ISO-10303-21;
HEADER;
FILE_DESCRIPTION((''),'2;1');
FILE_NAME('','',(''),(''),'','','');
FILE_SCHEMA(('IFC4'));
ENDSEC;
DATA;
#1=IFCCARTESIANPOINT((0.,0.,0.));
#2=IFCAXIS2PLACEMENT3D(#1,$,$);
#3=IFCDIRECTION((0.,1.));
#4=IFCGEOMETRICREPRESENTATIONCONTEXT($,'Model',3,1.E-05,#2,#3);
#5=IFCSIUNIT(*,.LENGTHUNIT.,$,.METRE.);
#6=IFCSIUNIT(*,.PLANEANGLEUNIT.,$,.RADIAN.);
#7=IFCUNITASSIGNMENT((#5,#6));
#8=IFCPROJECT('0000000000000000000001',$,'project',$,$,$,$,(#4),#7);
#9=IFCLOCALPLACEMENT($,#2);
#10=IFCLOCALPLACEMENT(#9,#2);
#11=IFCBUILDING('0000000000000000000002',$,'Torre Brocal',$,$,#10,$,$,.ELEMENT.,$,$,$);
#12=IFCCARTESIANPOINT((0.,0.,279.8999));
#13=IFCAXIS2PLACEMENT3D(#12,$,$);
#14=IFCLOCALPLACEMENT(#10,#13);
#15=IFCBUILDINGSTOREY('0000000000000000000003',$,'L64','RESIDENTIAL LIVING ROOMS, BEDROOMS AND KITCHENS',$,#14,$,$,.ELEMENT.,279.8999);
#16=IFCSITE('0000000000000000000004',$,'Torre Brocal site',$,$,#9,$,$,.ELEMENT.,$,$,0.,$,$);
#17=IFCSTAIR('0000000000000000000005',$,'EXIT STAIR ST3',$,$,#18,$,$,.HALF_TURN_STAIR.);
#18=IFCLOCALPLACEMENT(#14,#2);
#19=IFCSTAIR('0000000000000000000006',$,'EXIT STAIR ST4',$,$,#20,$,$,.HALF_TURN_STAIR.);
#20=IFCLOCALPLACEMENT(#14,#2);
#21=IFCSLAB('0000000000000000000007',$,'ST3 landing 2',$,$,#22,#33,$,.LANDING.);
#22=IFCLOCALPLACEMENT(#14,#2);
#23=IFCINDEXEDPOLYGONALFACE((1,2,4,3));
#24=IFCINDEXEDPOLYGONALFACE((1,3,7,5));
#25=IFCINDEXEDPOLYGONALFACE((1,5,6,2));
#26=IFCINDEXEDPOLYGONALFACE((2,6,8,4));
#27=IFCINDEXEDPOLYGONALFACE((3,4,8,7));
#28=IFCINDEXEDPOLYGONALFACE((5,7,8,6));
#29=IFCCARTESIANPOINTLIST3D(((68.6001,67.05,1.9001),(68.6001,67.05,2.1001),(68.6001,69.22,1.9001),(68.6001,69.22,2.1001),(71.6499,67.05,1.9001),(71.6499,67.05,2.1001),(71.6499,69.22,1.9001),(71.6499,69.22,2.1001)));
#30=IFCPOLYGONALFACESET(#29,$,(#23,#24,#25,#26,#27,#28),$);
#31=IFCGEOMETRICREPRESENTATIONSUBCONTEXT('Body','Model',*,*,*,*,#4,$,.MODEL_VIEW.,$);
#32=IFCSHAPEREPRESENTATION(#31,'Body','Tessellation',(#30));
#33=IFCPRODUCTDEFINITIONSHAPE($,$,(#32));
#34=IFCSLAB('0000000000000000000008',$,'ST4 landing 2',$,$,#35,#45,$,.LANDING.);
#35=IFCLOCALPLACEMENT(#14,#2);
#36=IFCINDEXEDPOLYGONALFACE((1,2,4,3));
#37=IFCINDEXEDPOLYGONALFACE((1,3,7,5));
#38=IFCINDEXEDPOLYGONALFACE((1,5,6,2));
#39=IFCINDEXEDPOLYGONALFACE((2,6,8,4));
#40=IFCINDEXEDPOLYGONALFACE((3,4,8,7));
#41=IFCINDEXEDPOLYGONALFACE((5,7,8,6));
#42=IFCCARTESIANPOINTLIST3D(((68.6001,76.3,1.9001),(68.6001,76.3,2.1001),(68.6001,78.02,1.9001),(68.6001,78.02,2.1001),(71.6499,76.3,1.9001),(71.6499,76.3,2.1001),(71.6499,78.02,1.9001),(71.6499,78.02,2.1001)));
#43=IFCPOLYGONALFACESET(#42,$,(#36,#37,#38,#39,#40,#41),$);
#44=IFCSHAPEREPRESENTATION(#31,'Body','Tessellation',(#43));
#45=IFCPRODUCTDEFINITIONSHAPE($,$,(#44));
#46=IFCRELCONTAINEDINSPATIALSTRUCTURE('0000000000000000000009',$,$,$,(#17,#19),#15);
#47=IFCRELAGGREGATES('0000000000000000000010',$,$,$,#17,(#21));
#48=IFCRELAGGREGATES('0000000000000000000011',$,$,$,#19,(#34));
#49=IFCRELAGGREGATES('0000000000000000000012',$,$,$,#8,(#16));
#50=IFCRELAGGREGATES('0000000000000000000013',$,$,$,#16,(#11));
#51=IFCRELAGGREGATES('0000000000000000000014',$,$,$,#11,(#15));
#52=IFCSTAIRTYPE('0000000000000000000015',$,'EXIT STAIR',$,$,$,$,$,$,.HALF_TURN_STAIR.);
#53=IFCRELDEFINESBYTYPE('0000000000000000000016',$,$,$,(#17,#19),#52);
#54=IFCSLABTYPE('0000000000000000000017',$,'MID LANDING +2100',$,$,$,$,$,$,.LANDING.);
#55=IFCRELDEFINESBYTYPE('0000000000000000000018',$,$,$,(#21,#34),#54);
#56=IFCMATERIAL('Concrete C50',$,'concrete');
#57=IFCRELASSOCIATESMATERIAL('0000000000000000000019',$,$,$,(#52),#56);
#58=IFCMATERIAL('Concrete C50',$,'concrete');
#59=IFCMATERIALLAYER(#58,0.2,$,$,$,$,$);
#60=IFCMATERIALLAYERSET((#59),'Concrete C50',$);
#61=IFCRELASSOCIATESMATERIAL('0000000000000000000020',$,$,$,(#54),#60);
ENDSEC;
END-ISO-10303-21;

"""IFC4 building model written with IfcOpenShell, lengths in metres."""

from ifc_helpers import new_model, si_unit, direction, frame, origin, place, context, subcontext, project, spatial, polyline, outline, extrude, material, layer, layer_set, type_object, element, aggregate, save


model = new_model("IFC4")

# Units and contexts
model_context = context("Model", 3, precision=1e-05, world=origin(), true_north=direction((0.0, 1.0)))
body_context = subcontext(model_context, "Body", "Model", "MODEL_VIEW")
ifc_project = project(units=[si_unit("LENGTHUNIT", "METRE"), si_unit("PLANEANGLEUNIT", "RADIAN")], contexts=[model_context])

# Site, building, storey
site_placement = place(None, origin())
site = spatial("IfcSite", under=ifc_project, at=site_placement, Name="Torre Brocal site", CompositionType="ELEMENT", RefElevation=0.0)
building_placement = place(site_placement, origin())
building = spatial("IfcBuilding", under=site, at=building_placement, Name="Torre Brocal", CompositionType="ELEMENT")
storey_placement = place(building_placement, frame((0.0, 0.0, 279.8999)))
storey = spatial("IfcBuildingStorey", under=building, at=storey_placement, Name="L64", Description="RESIDENTIAL LIVING ROOMS, BEDROOMS AND KITCHENS", CompositionType="ELEMENT", Elevation=279.8999)

# Stairs
ifc_material_1 = material(Name="Concrete C50", Category="concrete")
stair_type = type_object("IfcStairType", Name="EXIT STAIR", PredefinedType="HALF_TURN_STAIR", material=ifc_material_1)
stair_1_placement = place(storey_placement, origin())
stair_1 = element("IfcStair", 1, at=stair_1_placement, inside=storey, type_object=stair_type, Name="EXIT STAIR ST3", PredefinedType="HALF_TURN_STAIR")
stair_2_placement = place(storey_placement, origin())
stair_2 = element("IfcStair", 2, at=stair_2_placement, inside=storey, type_object=stair_type, Name="EXIT STAIR ST4", PredefinedType="HALF_TURN_STAIR")

# Slabs
ifc_material_2 = material(Name="Concrete C50", Category="concrete")
ifc_layer_1 = layer(ifc_material_2, 0.2)
ifc_layer_set_1 = layer_set([ifc_layer_1], Name="Concrete C50")
slab_type_1 = type_object("IfcSlabType", Name="MID LANDING +2100", PredefinedType="LANDING", material=ifc_layer_set_1)
slab_1_placement = place(storey_placement, frame((0.0, 0.0, 1.9001)))
slab_1 = element("IfcSlab", 3, at=slab_1_placement, type_object=slab_type_1, Name="ST3 landing 2", PredefinedType="LANDING", context=body_context, shape_type="SweptSolid", body=[
    extrude(outline(polyline([(71.6499, 69.22), (68.6001, 69.22), (68.6001, 67.05), (71.6499, 67.05), (71.6499, 69.22)])), origin(), (0.0, 0.0, 1.0), 0.2),
])
aggregate(stair_1, [slab_1])
slab_2_placement = place(storey_placement, frame((0.0, 0.0, 1.9001)))
slab_2 = element("IfcSlab", 4, at=slab_2_placement, type_object=slab_type_1, Name="ST4 landing 2", PredefinedType="LANDING", context=body_context, shape_type="SweptSolid", body=[
    extrude(outline(polyline([(71.6499, 78.02), (68.6001, 78.02), (68.6001, 76.3), (71.6499, 76.3), (71.6499, 78.02)])), origin(), (0.0, 0.0, 1.0), 0.2),
])
aggregate(stair_2, [slab_2])

save(model, "model.ifc")
